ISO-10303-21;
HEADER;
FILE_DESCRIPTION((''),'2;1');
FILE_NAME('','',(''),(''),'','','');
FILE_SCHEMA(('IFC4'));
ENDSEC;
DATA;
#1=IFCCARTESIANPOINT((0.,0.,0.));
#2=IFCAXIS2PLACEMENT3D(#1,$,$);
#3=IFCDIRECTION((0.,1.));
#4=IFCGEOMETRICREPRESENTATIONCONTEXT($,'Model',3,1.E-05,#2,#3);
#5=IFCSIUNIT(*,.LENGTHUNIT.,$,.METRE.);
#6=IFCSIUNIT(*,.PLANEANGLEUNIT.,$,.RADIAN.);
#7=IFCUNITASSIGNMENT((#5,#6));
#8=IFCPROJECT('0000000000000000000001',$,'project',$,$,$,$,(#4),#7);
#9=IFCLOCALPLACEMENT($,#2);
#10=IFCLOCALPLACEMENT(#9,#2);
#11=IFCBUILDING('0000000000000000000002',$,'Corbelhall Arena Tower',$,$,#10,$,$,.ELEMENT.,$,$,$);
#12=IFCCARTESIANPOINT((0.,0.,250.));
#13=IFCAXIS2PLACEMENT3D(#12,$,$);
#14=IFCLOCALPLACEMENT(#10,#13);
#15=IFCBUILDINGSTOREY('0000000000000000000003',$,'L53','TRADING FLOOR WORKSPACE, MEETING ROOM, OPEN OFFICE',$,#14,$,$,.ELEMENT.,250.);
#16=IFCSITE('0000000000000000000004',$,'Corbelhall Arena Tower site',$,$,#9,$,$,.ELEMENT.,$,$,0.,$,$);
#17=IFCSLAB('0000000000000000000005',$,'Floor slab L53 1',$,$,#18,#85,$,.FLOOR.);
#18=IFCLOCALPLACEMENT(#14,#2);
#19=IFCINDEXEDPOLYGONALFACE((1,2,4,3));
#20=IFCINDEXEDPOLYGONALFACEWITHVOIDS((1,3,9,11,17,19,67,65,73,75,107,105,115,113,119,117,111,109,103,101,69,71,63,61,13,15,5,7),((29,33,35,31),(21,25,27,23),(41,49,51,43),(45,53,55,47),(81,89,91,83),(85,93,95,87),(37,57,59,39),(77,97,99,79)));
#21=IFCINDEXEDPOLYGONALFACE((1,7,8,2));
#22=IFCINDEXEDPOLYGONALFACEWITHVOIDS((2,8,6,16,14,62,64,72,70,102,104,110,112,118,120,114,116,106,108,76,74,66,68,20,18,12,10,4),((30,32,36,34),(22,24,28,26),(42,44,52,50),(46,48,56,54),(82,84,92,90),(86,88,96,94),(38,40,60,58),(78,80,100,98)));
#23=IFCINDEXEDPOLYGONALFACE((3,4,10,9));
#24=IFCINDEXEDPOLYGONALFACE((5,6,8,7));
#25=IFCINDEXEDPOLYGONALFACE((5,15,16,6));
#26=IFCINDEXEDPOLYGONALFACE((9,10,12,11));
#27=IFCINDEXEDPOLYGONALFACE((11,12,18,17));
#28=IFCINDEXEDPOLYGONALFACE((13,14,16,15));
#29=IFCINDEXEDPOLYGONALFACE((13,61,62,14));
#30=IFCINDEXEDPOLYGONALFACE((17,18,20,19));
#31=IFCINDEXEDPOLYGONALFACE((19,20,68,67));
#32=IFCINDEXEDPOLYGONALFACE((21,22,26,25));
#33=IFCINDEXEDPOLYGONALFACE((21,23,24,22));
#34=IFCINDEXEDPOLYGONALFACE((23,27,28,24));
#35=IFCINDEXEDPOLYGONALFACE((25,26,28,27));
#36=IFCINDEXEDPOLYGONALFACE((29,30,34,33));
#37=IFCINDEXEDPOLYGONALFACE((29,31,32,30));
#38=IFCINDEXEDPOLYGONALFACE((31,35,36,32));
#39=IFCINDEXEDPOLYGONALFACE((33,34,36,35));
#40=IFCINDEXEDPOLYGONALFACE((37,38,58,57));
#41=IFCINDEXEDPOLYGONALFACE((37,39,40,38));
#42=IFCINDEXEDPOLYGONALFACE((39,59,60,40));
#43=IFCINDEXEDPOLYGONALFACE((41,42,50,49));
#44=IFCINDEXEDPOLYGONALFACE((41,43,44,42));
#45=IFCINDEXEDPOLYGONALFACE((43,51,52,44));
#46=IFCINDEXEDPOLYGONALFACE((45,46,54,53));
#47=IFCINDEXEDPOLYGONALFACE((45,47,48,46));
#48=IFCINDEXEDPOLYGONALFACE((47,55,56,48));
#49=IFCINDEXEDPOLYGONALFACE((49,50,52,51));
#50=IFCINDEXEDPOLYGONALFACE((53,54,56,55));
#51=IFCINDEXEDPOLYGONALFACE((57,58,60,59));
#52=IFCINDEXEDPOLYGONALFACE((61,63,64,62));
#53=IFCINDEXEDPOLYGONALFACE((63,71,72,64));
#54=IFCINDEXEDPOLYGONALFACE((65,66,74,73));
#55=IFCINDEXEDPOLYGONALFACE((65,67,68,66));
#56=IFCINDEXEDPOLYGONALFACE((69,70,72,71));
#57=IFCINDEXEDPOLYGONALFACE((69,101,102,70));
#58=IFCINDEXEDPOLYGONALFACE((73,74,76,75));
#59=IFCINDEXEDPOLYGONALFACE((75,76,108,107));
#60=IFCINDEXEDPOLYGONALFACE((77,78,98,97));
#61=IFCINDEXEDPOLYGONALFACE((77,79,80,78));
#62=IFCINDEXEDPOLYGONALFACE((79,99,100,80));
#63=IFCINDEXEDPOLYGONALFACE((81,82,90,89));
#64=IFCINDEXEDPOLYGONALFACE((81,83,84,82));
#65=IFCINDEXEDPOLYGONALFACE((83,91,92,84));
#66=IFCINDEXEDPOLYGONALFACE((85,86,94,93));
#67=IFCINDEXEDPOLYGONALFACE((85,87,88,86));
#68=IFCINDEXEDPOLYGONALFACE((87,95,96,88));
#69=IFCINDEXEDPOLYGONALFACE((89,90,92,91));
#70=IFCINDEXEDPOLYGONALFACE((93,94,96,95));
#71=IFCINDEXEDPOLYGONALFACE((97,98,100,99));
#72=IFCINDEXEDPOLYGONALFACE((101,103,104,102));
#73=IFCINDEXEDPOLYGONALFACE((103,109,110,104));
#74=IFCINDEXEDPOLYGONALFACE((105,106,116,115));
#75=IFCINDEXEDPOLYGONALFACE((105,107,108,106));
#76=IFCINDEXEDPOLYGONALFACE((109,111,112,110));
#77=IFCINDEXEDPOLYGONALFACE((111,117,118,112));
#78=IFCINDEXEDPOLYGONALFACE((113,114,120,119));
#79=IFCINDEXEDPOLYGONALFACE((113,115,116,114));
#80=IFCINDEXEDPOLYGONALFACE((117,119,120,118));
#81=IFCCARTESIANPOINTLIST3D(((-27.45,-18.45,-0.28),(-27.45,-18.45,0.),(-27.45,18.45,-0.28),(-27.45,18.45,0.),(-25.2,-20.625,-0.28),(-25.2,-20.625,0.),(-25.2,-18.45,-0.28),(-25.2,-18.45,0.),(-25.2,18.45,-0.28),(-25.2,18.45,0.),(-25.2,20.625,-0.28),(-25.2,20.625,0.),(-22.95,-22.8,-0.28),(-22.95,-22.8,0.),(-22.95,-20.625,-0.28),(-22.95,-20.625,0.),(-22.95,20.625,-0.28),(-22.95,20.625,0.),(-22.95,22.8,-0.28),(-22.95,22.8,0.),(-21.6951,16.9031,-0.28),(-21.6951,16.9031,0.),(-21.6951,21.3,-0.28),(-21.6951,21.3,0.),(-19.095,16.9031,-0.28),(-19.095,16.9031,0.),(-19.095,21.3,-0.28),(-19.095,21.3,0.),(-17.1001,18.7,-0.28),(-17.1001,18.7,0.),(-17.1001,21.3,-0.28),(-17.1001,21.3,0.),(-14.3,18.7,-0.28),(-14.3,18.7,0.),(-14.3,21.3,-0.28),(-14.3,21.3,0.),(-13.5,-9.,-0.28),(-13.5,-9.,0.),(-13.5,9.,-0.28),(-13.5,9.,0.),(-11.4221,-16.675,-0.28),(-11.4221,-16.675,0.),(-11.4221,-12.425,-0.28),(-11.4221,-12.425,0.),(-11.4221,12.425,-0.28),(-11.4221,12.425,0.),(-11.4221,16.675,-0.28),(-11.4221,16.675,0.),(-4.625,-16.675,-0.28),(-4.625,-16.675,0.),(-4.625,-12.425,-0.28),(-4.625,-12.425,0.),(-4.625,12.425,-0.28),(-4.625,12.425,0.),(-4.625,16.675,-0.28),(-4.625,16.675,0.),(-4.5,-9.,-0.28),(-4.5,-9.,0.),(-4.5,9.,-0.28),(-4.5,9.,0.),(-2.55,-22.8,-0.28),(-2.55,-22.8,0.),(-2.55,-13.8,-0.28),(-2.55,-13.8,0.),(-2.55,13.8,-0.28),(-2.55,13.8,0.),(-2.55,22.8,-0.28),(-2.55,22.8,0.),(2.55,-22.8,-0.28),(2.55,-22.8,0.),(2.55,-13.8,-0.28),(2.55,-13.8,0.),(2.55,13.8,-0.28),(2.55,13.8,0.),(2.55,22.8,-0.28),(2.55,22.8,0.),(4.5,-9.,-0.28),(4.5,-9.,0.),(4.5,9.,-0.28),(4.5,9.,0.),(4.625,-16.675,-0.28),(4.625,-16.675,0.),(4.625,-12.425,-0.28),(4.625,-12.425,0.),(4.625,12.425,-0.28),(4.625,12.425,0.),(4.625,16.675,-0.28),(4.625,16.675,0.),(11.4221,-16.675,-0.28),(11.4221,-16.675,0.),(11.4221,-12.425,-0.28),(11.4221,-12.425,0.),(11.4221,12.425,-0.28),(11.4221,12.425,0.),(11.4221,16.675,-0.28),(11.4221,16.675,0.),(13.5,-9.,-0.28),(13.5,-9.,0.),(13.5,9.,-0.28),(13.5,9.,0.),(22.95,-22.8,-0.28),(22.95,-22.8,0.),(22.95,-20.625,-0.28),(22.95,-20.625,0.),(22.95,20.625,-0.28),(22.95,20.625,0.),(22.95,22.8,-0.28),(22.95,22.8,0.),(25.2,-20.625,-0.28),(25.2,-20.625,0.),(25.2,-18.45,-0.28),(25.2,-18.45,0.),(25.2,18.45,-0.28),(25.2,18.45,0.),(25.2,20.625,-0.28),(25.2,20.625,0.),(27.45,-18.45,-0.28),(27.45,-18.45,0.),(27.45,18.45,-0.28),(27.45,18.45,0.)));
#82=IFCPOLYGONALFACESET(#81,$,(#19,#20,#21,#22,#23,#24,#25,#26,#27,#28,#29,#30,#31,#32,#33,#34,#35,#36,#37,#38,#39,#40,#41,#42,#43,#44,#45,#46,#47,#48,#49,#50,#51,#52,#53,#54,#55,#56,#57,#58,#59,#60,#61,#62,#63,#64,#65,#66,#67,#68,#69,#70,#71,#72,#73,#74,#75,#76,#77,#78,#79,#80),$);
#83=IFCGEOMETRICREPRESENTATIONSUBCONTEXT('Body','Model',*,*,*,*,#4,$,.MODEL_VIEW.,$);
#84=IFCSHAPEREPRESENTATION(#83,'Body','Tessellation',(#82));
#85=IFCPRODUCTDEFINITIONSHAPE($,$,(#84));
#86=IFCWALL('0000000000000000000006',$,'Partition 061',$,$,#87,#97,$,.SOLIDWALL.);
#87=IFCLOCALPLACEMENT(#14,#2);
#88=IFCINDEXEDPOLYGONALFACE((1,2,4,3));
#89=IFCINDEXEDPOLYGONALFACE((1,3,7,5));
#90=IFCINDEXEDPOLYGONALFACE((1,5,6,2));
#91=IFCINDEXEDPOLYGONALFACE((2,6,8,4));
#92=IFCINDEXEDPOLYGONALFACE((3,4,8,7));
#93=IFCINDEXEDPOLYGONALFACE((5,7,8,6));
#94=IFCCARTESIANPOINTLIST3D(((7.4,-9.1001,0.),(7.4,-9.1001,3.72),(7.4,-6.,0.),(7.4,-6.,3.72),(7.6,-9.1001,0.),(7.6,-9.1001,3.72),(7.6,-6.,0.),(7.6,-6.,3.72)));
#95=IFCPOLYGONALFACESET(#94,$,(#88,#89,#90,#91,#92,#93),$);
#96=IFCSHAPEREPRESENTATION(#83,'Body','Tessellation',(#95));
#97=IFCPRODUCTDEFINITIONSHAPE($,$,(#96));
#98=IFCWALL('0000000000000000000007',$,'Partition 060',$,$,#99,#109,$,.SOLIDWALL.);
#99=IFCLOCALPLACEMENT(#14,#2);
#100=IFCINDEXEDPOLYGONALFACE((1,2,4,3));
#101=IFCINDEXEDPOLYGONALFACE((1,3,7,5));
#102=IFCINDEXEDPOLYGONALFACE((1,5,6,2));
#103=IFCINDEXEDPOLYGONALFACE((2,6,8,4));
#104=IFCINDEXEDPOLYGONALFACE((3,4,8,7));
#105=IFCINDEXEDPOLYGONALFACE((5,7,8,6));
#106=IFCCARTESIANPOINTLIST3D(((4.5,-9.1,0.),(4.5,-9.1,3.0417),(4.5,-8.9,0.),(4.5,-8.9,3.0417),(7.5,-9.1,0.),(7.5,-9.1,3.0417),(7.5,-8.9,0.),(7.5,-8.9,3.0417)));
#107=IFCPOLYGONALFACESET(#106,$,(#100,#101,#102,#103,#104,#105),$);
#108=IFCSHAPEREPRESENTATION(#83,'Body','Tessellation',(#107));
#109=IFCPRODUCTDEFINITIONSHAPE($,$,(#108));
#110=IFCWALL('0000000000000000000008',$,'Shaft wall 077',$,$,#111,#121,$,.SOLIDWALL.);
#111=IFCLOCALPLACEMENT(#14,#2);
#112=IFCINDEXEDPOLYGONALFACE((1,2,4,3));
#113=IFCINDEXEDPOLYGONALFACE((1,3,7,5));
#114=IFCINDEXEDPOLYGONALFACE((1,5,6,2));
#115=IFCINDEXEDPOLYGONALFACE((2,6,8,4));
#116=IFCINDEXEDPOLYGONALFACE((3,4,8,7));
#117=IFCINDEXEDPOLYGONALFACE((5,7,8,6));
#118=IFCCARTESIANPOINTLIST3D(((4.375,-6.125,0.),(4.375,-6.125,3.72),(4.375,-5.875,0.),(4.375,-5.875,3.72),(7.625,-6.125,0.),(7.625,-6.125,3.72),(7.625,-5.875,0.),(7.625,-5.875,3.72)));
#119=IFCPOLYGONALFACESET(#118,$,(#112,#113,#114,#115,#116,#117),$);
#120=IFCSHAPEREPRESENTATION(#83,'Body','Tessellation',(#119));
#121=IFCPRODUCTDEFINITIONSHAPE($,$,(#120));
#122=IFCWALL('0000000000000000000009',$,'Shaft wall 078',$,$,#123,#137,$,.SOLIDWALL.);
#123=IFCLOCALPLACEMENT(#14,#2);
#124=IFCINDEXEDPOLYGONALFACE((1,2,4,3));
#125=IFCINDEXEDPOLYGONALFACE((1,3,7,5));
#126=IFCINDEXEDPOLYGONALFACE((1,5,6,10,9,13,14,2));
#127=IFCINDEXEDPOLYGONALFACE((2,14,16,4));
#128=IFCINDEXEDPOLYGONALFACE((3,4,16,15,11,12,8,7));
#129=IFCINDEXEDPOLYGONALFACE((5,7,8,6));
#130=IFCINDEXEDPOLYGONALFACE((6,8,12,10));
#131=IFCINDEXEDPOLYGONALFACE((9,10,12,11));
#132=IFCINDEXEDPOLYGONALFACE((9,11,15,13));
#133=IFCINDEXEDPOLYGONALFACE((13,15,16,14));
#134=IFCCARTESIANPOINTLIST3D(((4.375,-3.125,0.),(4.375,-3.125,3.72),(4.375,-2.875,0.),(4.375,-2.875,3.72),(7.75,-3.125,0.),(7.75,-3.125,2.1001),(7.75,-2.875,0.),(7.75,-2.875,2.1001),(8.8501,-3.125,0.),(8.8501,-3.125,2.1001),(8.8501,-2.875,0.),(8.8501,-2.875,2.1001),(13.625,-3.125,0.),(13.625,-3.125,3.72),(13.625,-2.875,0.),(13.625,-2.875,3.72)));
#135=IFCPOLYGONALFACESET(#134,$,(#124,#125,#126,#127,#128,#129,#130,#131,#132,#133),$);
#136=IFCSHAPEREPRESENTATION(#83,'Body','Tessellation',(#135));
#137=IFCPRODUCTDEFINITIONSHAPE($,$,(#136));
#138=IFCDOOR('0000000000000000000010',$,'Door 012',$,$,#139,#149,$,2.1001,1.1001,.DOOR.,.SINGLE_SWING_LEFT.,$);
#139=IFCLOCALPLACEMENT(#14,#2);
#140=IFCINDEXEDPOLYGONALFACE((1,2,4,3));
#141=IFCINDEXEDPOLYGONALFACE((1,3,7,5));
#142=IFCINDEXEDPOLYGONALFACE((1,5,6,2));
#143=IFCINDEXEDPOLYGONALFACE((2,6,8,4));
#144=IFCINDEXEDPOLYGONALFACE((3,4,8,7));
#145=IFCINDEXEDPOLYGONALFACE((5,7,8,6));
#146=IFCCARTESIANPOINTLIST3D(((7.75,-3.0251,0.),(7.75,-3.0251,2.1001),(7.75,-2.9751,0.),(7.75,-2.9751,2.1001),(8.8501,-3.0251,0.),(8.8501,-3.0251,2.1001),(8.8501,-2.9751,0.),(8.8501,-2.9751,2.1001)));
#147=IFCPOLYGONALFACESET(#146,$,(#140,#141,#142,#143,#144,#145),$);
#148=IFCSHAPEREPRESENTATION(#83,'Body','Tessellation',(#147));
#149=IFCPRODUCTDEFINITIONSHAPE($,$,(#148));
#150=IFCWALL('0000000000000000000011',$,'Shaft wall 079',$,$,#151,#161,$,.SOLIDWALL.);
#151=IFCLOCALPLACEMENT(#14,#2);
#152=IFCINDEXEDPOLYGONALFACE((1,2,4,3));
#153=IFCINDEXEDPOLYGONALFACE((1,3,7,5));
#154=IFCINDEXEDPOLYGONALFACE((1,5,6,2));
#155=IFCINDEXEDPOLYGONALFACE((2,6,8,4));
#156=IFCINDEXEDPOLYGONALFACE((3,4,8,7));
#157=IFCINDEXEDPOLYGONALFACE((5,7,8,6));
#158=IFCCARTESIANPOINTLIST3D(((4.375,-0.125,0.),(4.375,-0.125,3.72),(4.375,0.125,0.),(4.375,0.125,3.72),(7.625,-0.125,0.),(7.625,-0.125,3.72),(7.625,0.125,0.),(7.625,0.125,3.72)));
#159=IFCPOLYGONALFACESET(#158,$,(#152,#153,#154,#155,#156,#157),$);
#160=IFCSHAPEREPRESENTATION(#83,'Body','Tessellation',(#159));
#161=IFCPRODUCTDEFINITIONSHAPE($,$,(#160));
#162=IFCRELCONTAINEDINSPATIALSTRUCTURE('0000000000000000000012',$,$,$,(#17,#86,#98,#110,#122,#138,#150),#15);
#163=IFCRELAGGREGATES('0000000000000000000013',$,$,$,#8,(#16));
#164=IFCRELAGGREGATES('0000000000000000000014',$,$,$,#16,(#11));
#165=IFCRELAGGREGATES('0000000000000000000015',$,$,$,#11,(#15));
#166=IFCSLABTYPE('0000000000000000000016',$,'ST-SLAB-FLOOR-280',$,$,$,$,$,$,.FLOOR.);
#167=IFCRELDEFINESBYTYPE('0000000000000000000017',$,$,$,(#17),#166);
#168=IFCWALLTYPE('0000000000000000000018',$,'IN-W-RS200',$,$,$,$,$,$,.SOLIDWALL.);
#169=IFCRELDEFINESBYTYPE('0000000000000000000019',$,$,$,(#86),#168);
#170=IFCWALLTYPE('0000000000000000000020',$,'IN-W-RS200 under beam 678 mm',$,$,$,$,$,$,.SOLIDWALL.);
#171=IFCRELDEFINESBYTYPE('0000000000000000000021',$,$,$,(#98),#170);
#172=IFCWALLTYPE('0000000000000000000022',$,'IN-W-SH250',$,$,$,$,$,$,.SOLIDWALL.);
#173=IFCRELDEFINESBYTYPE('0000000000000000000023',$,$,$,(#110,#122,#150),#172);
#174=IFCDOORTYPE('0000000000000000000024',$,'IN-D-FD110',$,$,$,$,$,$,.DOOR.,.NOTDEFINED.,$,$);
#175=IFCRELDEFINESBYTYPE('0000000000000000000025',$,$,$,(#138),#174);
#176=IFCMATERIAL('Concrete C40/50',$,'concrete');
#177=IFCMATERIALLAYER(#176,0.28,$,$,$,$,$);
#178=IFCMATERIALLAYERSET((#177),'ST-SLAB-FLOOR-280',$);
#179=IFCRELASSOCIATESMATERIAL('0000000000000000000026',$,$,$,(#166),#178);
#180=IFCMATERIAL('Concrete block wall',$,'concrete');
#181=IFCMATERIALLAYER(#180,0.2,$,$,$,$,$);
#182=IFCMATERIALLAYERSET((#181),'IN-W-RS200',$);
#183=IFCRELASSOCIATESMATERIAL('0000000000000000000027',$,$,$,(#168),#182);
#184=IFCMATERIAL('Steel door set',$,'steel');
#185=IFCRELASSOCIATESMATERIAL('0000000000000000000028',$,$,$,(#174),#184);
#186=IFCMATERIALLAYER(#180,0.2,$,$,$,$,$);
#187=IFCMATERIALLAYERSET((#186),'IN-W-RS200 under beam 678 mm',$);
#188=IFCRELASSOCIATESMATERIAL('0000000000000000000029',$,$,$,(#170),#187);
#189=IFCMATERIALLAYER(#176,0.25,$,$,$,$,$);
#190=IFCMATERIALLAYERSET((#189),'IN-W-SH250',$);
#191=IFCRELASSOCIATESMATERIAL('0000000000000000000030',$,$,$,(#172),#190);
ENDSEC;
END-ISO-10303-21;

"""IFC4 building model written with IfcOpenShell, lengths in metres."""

from ifc_helpers import new_model, si_unit, direction, frame, frame_2d, origin, place, context, subcontext, project, spatial, polyline, rectangle, outline, extrude, material, layer, layer_set, type_object, element, fill, save


model = new_model("IFC4")

# Units and contexts
model_context = context("Model", 3, precision=1e-05, world=origin(), true_north=direction((0.0, 1.0)))
body_context = subcontext(model_context, "Body", "Model", "MODEL_VIEW")
ifc_project = project(units=[si_unit("LENGTHUNIT", "METRE"), si_unit("PLANEANGLEUNIT", "RADIAN")], contexts=[model_context])

# Site, building, storey
site_placement = place(None, origin())
site = spatial("IfcSite", under=ifc_project, at=site_placement, Name="Corbelhall Arena Tower site", CompositionType="ELEMENT", RefElevation=0.0)
building_placement = place(site_placement, origin())
building = spatial("IfcBuilding", under=site, at=building_placement, Name="Corbelhall Arena Tower", CompositionType="ELEMENT")
storey_placement = place(building_placement, frame((0.0, 0.0, 250.0)))
storey = spatial("IfcBuildingStorey", under=building, at=storey_placement, Name="L53", Description="TRADING FLOOR WORKSPACE, MEETING ROOM, OPEN OFFICE", CompositionType="ELEMENT", Elevation=250.0)

# Shared definitions
ifc_material_1 = material(Name="Concrete C40/50", Category="concrete")

# Slab
ifc_layer_1 = layer(ifc_material_1, 0.28)
ifc_layer_set_1 = layer_set([ifc_layer_1], Name="ST-SLAB-FLOOR-280")
slab_type_1 = type_object("IfcSlabType", Name="ST-SLAB-FLOOR-280", PredefinedType="FLOOR", material=ifc_layer_set_1)
slab_1_placement = place(storey_placement, frame((0.0, 0.0, -0.28)))
element("IfcSlab", 1, at=slab_1_placement, inside=storey, type_object=slab_type_1, Name="Floor slab L53 1", PredefinedType="FLOOR", context=body_context, shape_type="SweptSolid", body=[
    extrude(outline(polyline([(22.95, 22.8), (2.55, 22.8), (2.55, 13.8), (-2.55, 13.8), (-2.55, 22.8), (-22.95, 22.8), (-22.95, 20.625), (-25.2, 20.625), (-25.2, 18.45), (-27.45, 18.45), (-27.45, -18.45), (-25.2, -18.45), (-25.2, -20.625), (-22.95, -20.625), (-22.95, -22.8), (-2.55, -22.8), (-2.55, -13.8), (2.55, -13.8), (2.55, -22.8), (22.95, -22.8), (22.95, -20.625), (25.2, -20.625), (25.2, -18.45), (27.45, -18.45), (27.45, 18.45), (25.2, 18.45), (25.2, 20.625), (22.95, 20.625), (22.95, 22.8)]), holes=[polyline([(-13.5, 9.0), (-13.5, -9.0), (-4.5, -9.0), (-4.5, 9.0), (-13.5, 9.0)]), polyline([(4.5, 9.0), (4.5, -9.0), (13.5, -9.0), (13.5, 9.0), (4.5, 9.0)]), polyline([(-4.625, 16.675), (-11.4221, 16.675), (-11.4221, 12.425), (-4.625, 12.425), (-4.625, 16.675)]), polyline([(-4.625, -16.675), (-4.625, -12.425), (-11.4221, -12.425), (-11.4221, -16.675), (-4.625, -16.675)]), polyline([(11.4221, 16.675), (4.625, 16.675), (4.625, 12.425), (11.4221, 12.425), (11.4221, 16.675)]), polyline([(11.4221, -16.675), (11.4221, -12.425), (4.625, -12.425), (4.625, -16.675), (11.4221, -16.675)]), polyline([(-21.6951, 21.3), (-21.6951, 16.9031), (-19.095, 16.9031), (-19.095, 21.3), (-21.6951, 21.3)]), polyline([(-14.3, 21.3), (-17.1001, 21.3), (-17.1001, 18.7), (-14.3, 18.7), (-14.3, 21.3)])]), origin(), (0.0, 0.0, 1.0), 0.28),
])

# Wall
ifc_material_2 = material(Name="Concrete block wall", Category="concrete")
ifc_layer_2 = layer(ifc_material_2, 0.2)
ifc_layer_set_2 = layer_set([ifc_layer_2], Name="IN-W-RS200")
wall_type_1 = type_object("IfcWallType", Name="IN-W-RS200", PredefinedType="SOLIDWALL", material=ifc_layer_set_2)
wall_1_placement = place(storey_placement, frame((7.5, -6.0, 0.0), z_axis=(0.0, 0.0, 1.0), x_axis=(0.0, -1.0, 0.0)))
element("IfcWall", 2, at=wall_1_placement, inside=storey, type_object=wall_type_1, Name="Partition 061", PredefinedType="SOLIDWALL", context=body_context, shape_type="SweptSolid", body=[
    extrude(rectangle(XDim=3.1001, YDim=0.2, at=frame_2d((1.55, 0.0))), origin(), (0.0, 0.0, 1.0), 3.72),
])

# Shared definitions
ifc_material_3 = material(Name="Steel door set", Category="steel")
door_type_1 = type_object("IfcDoorType", Name="IN-D-FD110", OperationType="NOTDEFINED", PredefinedType="DOOR", material=ifc_material_3)
ifc_layer_3 = layer(ifc_material_2, 0.2)
ifc_layer_set_3 = layer_set([ifc_layer_3], Name="IN-W-RS200 under beam 678 mm")
wall_type_2 = type_object("IfcWallType", Name="IN-W-RS200 under beam 678 mm", PredefinedType="SOLIDWALL", material=ifc_layer_set_3)

# Walls
wall_2_placement = place(storey_placement, frame((7.5, -9.0, 0.0), z_axis=(0.0, 0.0, 1.0), x_axis=(-1.0, 0.0, 0.0)))
element("IfcWall", 3, at=wall_2_placement, inside=storey, type_object=wall_type_2, Name="Partition 060", PredefinedType="SOLIDWALL", context=body_context, shape_type="SweptSolid", body=[
    extrude(rectangle(XDim=3.0, YDim=0.2, at=frame_2d((1.5, 0.0))), origin(), (0.0, 0.0, 1.0), 3.0417),
])
ifc_layer_4 = layer(ifc_material_1, 0.25)
ifc_layer_set_4 = layer_set([ifc_layer_4], Name="IN-W-SH250")
wall_type_3 = type_object("IfcWallType", Name="IN-W-SH250", PredefinedType="SOLIDWALL", material=ifc_layer_set_4)
wall_3_placement = place(storey_placement, frame((4.375, -6.0, 0.0), z_axis=(0.0, 0.0, 1.0), x_axis=(1.0, 0.0, 0.0)))
element("IfcWall", 4, at=wall_3_placement, inside=storey, type_object=wall_type_3, Name="Shaft wall 077", PredefinedType="SOLIDWALL", context=body_context, shape_type="SweptSolid", body=[
    extrude(rectangle(XDim=3.25, YDim=0.25, at=frame_2d((1.625, 0.0))), origin(), (0.0, 0.0, 1.0), 3.72),
])

# Wall, opening, door
wall_4_placement = place(storey_placement, frame((4.375, -3.0, 0.0), z_axis=(0.0, 0.0, 1.0), x_axis=(1.0, 0.0, 0.0)))
wall_4 = element("IfcWall", 5, at=wall_4_placement, inside=storey, type_object=wall_type_3, Name="Shaft wall 078", PredefinedType="SOLIDWALL", context=body_context, shape_type="SweptSolid", body=[
    extrude(rectangle(XDim=9.25, YDim=0.25, at=frame_2d((4.625, 0.0))), origin(), (0.0, 0.0, 1.0), 3.72),
])
opening_1_placement = place(wall_4_placement, frame((3.375, 0.0, 0.0)))
opening_1 = element("IfcOpeningElement", 6, at=opening_1_placement, cuts=wall_4, PredefinedType="OPENING", context=body_context, shape_type="SweptSolid", body=[
    extrude(rectangle(XDim=1.1001, YDim=2.1001, at=frame_2d((0.55, 1.05))), frame((0.0, 0.125, 0.0), z_axis=(0.0, -1.0, 0.0), x_axis=(1.0, 0.0, 0.0)), (0.0, 0.0, 1.0), 0.25),
])
door_1_placement = place(opening_1_placement, origin())
door_1 = element("IfcDoor", 7, at=door_1_placement, inside=storey, type_object=door_type_1, Name="Door 012", OperationType="SINGLE_SWING_LEFT", OverallHeight=2.1001, OverallWidth=1.1001, PredefinedType="DOOR", context=body_context, shape_type="SweptSolid", body=[
    extrude(rectangle(XDim=1.1001, YDim=2.1001, at=frame_2d((0.55, 1.05))), frame((0.0, 0.0249, 0.0), z_axis=(0.0, -1.0, 0.0), x_axis=(1.0, 0.0, 0.0)), (0.0, 0.0, 1.0), 0.05),
])
fill(opening_1, door_1)

# Wall
wall_5_placement = place(storey_placement, frame((4.375, 0.0, 0.0), z_axis=(0.0, 0.0, 1.0), x_axis=(1.0, 0.0, 0.0)))
element("IfcWall", 8, at=wall_5_placement, inside=storey, type_object=wall_type_3, Name="Shaft wall 079", PredefinedType="SOLIDWALL", context=body_context, shape_type="SweptSolid", body=[
    extrude(rectangle(XDim=3.25, YDim=0.25, at=frame_2d((1.625, 0.0))), origin(), (0.0, 0.0, 1.0), 3.72),
])

save(model, "model.ifc")
